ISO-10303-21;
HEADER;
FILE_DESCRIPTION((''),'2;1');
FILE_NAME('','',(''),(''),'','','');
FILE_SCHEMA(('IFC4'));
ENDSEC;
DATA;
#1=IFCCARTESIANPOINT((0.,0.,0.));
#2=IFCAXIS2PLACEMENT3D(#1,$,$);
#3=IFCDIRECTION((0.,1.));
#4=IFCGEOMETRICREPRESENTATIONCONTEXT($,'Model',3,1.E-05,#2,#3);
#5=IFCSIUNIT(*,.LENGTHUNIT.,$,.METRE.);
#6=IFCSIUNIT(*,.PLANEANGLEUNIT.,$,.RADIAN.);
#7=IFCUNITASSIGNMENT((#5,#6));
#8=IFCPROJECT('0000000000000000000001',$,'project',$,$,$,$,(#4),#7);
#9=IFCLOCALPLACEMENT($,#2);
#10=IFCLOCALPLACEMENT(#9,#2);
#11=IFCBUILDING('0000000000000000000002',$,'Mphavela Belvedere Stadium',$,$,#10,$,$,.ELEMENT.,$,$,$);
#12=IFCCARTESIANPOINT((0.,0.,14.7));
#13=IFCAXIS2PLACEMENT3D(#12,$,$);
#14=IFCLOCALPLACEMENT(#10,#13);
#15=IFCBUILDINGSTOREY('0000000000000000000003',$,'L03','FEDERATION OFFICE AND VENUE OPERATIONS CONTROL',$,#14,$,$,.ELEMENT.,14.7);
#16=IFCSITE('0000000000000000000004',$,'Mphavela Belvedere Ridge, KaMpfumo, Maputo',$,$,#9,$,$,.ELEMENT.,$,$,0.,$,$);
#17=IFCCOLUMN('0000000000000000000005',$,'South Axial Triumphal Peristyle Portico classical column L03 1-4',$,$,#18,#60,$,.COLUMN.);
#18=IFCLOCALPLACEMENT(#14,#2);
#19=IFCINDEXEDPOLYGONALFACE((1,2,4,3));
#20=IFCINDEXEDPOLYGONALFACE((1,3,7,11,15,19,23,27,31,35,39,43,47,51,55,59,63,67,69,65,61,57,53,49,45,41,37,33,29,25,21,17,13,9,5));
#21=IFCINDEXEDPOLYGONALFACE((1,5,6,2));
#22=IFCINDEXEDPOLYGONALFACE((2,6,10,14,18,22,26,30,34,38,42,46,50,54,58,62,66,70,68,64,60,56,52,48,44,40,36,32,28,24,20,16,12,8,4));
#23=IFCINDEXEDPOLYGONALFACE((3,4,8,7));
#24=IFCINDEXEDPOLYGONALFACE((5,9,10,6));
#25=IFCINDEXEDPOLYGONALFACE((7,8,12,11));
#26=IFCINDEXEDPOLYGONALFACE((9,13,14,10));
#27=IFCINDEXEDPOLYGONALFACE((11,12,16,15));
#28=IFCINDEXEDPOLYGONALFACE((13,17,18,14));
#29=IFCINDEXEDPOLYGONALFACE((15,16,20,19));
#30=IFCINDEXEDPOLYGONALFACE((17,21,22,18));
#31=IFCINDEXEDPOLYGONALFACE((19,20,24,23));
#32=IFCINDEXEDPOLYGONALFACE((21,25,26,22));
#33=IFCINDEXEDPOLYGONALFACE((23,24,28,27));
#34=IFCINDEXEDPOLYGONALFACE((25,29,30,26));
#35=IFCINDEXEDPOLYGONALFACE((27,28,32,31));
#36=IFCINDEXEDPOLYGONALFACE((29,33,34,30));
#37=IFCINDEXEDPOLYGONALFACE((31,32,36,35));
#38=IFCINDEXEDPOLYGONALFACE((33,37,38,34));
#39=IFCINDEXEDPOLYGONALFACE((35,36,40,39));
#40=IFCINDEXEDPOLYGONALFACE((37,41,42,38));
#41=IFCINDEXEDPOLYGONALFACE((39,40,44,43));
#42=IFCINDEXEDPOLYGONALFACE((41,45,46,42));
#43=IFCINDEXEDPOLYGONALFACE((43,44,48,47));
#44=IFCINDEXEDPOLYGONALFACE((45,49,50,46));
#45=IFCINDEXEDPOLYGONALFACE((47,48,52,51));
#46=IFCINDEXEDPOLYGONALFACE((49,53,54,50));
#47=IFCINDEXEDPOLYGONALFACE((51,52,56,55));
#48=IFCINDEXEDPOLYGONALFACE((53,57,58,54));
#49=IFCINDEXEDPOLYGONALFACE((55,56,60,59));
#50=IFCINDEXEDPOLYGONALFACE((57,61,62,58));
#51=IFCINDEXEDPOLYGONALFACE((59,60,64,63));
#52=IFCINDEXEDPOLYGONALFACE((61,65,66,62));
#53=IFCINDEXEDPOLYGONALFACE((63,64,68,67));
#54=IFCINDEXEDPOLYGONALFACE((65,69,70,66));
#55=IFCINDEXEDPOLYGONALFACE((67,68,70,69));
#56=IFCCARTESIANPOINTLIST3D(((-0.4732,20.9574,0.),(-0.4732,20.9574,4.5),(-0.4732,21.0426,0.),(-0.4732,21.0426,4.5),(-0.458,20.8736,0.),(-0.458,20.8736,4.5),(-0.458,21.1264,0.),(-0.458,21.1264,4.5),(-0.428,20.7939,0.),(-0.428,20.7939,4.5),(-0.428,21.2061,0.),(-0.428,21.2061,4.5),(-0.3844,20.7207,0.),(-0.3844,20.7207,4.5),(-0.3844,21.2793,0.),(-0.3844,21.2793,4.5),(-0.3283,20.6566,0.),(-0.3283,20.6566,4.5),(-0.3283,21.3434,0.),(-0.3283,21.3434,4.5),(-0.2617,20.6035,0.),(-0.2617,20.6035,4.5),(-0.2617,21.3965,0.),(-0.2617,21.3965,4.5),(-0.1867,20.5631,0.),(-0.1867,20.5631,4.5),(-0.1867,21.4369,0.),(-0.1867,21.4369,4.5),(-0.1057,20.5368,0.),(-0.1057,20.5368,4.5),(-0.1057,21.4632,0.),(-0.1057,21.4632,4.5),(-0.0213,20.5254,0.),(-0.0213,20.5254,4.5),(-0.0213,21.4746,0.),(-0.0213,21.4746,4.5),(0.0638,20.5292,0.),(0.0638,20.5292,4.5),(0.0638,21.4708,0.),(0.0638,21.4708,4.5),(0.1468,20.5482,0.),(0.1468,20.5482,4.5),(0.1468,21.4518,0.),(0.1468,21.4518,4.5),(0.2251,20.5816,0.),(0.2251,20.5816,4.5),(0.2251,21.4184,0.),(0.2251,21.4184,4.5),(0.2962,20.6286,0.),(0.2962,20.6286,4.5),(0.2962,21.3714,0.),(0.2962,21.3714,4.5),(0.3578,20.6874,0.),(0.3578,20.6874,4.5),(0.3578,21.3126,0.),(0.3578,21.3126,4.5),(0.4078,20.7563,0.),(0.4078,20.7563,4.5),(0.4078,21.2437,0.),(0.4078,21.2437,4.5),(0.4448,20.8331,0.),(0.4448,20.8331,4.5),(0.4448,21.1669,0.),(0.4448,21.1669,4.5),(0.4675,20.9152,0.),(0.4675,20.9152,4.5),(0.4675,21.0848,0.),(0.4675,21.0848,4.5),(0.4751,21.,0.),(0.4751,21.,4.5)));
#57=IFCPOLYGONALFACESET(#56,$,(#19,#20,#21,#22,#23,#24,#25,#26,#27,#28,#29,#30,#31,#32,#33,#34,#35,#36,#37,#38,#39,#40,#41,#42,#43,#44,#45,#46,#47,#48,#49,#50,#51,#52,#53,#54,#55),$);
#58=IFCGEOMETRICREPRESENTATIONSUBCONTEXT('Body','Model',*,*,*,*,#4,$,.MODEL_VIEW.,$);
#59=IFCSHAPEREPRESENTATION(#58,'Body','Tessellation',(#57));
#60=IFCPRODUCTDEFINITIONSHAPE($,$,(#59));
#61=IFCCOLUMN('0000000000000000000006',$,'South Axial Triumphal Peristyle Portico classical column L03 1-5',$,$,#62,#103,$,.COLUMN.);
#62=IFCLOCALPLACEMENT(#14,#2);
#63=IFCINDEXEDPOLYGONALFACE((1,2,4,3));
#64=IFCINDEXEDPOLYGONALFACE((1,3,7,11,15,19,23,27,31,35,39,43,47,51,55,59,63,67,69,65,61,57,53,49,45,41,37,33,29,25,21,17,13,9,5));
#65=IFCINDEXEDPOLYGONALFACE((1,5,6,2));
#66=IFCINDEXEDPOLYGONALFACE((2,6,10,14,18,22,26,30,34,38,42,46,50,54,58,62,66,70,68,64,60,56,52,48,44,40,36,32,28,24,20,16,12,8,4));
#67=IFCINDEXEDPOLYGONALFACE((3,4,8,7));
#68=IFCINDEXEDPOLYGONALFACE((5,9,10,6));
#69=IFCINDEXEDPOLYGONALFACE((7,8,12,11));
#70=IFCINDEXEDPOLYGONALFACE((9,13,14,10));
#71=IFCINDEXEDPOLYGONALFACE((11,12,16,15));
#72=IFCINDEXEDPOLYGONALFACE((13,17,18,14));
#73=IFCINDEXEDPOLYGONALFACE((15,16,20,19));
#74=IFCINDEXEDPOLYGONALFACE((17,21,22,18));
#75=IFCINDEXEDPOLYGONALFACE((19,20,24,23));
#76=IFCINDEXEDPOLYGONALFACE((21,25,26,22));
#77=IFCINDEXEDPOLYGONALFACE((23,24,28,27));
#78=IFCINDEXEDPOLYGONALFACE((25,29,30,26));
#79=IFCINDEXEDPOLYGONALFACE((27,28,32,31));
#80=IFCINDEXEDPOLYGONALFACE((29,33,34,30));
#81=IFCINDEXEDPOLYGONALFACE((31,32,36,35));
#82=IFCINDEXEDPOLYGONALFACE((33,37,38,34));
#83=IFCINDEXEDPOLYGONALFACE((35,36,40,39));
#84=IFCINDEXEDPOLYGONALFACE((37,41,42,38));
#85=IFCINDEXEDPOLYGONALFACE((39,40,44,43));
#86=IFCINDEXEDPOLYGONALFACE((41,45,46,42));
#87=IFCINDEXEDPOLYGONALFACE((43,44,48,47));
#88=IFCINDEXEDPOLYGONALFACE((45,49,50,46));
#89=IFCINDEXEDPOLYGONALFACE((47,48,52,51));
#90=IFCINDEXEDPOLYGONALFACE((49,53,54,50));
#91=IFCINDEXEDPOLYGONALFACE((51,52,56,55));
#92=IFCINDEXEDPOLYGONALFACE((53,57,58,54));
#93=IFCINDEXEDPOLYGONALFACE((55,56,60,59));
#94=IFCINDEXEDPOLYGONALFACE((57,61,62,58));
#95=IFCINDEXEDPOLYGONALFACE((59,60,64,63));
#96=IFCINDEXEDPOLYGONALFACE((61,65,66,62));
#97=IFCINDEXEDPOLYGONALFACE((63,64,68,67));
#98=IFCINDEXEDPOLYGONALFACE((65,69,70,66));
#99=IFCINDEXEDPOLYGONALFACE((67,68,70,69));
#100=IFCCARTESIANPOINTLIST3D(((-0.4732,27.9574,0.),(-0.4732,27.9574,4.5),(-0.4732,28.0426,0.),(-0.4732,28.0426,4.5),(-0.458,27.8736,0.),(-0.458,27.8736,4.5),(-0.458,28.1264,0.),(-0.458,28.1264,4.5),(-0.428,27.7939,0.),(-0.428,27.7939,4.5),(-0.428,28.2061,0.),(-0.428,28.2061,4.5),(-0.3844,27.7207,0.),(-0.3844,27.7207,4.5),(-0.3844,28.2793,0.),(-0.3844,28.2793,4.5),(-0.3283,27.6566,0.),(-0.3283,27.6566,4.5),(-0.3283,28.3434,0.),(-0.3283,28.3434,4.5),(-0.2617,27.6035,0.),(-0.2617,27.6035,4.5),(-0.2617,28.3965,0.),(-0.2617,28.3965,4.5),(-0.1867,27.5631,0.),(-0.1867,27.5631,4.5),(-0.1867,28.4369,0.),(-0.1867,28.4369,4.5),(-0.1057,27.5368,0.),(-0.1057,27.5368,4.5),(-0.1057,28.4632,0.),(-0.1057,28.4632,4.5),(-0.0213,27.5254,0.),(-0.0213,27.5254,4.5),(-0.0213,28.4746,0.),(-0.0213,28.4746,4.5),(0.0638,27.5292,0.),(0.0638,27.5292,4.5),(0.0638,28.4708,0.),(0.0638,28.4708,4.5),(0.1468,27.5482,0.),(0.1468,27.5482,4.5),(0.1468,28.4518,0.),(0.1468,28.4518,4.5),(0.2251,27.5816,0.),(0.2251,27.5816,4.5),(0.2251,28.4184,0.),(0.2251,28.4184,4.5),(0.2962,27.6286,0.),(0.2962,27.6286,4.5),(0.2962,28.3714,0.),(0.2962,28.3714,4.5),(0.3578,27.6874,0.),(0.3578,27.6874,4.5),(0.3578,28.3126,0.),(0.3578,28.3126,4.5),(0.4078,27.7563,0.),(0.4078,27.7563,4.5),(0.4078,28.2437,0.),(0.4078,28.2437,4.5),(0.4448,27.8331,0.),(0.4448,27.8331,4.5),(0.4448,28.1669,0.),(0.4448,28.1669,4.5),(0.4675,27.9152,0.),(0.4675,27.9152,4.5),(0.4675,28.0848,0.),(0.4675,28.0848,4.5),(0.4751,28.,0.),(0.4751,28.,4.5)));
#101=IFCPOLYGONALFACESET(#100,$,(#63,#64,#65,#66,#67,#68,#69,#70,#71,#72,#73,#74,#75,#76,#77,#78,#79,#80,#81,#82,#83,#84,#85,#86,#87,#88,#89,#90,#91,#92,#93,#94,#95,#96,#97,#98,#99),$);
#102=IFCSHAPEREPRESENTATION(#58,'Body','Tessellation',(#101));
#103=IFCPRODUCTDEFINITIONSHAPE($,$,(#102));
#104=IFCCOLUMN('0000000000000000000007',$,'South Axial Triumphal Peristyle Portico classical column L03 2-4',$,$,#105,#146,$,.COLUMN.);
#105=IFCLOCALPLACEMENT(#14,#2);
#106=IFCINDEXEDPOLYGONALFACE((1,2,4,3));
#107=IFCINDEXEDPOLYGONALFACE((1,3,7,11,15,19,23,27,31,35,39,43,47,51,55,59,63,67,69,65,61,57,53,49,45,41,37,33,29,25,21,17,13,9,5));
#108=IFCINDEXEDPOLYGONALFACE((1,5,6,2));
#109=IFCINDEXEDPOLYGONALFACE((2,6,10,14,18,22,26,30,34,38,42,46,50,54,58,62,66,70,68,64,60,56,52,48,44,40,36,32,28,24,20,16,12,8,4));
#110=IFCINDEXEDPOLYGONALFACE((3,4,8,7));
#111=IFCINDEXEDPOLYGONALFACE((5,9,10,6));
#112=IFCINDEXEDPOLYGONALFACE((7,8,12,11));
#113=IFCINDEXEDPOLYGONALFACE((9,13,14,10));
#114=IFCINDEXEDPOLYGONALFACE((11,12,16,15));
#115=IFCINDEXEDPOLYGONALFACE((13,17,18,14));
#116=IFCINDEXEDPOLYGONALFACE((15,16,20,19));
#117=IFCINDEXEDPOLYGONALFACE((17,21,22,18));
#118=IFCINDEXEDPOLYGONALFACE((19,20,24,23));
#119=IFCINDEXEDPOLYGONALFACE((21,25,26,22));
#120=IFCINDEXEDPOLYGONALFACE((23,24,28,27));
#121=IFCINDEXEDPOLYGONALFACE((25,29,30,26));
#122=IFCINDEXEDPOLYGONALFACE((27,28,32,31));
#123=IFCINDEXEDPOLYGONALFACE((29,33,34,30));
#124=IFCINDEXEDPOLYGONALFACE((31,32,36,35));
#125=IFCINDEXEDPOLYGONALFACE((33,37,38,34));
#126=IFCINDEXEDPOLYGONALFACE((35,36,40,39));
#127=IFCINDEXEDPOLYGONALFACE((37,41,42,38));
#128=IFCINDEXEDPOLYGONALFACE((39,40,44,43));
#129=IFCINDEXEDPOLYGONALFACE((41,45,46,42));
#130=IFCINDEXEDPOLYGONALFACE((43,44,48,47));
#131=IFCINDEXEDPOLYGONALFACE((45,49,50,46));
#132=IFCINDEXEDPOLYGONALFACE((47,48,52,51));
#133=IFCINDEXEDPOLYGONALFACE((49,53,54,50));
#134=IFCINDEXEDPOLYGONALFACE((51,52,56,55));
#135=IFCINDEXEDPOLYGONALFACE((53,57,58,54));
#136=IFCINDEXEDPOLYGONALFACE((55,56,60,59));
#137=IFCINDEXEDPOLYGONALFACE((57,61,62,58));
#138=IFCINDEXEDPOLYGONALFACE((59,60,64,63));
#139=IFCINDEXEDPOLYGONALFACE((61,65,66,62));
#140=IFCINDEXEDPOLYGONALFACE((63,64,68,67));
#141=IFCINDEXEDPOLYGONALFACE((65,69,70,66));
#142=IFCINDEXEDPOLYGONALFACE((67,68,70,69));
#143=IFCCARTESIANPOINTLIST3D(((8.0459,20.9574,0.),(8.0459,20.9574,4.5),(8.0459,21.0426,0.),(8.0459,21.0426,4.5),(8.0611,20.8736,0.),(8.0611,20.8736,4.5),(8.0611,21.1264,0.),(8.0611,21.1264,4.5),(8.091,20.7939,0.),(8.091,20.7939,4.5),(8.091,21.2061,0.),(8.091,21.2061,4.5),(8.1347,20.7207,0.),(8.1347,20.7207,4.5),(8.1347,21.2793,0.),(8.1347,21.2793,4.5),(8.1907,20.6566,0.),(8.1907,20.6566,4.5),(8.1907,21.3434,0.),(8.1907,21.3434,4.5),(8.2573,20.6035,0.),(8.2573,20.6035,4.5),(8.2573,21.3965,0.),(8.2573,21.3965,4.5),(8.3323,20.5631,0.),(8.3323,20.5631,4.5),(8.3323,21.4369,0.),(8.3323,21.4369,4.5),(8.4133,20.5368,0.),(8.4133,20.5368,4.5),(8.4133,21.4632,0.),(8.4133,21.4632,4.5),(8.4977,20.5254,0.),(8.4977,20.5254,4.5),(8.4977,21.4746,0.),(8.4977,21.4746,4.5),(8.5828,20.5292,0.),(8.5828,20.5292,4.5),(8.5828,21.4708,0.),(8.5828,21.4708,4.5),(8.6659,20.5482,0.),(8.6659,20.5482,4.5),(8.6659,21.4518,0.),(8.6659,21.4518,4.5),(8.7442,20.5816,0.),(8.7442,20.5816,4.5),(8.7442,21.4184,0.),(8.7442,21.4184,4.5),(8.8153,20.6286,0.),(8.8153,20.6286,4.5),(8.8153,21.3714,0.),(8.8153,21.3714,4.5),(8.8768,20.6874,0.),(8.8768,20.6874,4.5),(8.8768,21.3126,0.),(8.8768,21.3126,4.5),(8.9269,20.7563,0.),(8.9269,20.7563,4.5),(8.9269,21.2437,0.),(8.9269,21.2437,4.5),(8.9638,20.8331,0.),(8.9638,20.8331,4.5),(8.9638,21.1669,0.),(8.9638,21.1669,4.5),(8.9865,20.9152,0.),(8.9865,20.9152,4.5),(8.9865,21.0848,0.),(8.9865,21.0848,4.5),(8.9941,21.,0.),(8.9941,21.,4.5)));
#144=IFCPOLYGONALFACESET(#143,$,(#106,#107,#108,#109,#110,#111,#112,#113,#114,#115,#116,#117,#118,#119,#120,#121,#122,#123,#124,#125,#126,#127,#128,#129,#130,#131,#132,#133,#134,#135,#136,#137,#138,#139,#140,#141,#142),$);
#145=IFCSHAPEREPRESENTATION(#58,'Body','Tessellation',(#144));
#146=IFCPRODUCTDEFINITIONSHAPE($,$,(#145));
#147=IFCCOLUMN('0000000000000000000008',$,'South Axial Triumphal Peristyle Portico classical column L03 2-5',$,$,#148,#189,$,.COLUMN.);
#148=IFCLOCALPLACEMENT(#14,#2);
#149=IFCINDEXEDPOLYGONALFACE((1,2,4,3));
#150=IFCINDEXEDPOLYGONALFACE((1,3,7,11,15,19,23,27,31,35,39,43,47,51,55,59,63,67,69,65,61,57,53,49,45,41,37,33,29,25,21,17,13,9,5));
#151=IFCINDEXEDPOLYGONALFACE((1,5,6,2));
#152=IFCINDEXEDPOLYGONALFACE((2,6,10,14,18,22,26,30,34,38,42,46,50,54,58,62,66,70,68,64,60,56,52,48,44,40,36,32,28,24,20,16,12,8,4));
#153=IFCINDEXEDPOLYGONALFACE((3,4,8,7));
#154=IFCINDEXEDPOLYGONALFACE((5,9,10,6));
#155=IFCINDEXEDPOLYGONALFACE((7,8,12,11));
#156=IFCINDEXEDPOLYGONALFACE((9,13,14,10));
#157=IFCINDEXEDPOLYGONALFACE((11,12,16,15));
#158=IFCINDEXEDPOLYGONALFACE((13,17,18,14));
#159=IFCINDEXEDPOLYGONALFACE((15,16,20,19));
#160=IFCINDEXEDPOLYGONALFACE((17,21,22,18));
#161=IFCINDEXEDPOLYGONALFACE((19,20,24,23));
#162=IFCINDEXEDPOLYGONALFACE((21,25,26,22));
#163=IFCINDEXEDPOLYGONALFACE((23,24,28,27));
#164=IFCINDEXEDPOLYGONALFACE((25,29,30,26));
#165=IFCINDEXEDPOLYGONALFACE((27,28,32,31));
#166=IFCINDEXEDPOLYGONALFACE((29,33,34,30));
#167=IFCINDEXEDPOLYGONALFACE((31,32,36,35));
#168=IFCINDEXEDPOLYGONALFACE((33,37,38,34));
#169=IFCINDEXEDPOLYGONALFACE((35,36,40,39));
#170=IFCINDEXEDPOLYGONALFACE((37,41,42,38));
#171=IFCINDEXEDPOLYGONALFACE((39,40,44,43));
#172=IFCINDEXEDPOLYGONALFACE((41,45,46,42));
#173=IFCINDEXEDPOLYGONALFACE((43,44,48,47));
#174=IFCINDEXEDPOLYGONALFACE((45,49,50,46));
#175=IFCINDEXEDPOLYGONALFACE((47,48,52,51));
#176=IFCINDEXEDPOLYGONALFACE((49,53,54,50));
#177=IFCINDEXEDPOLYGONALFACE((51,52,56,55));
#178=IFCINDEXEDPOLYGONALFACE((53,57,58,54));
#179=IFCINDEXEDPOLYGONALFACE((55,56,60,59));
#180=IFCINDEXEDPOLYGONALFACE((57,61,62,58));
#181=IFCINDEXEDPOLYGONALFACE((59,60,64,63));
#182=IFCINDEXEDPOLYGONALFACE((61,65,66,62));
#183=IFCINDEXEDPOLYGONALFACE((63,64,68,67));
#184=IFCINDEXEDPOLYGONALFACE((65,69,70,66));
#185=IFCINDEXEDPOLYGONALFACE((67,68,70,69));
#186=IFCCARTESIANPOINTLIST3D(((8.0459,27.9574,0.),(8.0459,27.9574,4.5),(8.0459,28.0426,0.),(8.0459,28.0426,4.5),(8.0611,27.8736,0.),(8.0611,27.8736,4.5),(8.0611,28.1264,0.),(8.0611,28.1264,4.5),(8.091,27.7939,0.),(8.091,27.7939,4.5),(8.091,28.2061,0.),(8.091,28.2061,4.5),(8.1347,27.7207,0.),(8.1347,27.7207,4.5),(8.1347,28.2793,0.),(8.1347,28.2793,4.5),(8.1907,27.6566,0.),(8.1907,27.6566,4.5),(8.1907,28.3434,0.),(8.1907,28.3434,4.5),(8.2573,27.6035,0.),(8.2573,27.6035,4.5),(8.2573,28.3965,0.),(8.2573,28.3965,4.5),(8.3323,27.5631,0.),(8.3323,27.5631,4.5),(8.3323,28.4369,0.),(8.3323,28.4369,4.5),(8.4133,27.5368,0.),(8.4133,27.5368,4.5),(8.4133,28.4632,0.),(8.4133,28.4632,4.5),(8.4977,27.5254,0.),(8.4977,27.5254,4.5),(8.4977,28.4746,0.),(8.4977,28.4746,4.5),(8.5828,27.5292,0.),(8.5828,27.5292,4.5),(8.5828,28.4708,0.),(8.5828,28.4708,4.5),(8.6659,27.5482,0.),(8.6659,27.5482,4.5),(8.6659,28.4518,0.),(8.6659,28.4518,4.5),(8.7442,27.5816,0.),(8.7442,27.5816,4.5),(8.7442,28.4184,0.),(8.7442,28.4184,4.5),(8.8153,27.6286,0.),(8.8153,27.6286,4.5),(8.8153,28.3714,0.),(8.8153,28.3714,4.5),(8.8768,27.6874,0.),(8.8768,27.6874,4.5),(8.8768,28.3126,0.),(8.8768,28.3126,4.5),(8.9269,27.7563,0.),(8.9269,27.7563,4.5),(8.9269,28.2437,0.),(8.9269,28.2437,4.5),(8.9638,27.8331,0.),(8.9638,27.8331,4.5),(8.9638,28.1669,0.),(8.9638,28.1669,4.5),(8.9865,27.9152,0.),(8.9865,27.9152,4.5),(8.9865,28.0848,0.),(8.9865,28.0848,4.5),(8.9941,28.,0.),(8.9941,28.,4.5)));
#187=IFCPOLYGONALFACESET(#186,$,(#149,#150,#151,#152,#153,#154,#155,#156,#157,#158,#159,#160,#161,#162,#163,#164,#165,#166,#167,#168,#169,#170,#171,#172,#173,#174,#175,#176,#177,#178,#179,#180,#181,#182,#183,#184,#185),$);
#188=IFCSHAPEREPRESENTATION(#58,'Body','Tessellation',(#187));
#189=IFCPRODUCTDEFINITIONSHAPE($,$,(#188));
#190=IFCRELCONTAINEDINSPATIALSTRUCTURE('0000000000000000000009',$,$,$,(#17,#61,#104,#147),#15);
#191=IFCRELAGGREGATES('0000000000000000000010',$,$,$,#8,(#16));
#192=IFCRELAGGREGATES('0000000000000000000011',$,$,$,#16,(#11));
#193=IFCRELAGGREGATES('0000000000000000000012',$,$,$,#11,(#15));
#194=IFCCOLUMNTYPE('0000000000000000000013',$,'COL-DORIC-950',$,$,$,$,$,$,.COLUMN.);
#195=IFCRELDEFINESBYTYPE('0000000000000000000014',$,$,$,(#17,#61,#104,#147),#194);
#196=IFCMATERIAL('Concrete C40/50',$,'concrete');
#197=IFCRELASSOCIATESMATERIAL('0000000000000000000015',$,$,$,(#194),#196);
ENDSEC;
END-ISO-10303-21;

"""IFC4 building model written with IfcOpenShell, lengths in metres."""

from ifc_helpers import new_model, si_unit, direction, frame, origin, origin_2d, place, context, subcontext, project, spatial, circle, extrude, material, material_profile, profile_set, type_object, element, save


model = new_model("IFC4")

# Units and contexts
model_context = context("Model", 3, precision=1e-05, world=origin(), true_north=direction((0.0, 1.0)))
body_context = subcontext(model_context, "Body", "Model", "MODEL_VIEW")
ifc_project = project(units=[si_unit("LENGTHUNIT", "METRE"), si_unit("PLANEANGLEUNIT", "RADIAN")], contexts=[model_context])

# Site, building, storey
site_placement = place(None, origin())
site = spatial("IfcSite", under=ifc_project, at=site_placement, Name="Mphavela Belvedere Ridge, KaMpfumo, Maputo", CompositionType="ELEMENT", RefElevation=0.0)
building_placement = place(site_placement, origin())
building = spatial("IfcBuilding", under=site, at=building_placement, Name="Mphavela Belvedere Stadium", CompositionType="ELEMENT")
storey_placement = place(building_placement, frame((0.0, 0.0, 14.7)))
storey = spatial("IfcBuildingStorey", under=building, at=storey_placement, Name="L03", Description="FEDERATION OFFICE AND VENUE OPERATIONS CONTROL", CompositionType="ELEMENT", Elevation=14.7)

# Columns
ifc_material_1 = material(Name="Concrete C40/50", Category="concrete")
ifc_material_profile_1 = material_profile(ifc_material_1, circle(Radius=0.4751, at=origin_2d()), Name="COL D950")
ifc_profile_set_1 = profile_set([ifc_material_profile_1], Name="Concrete C40/50")
column_type = type_object("IfcColumnType", Name="COL-DORIC-950", PredefinedType="COLUMN", material=ifc_profile_set_1)
for number, where, z_axis, x_axis, name in (
    (1, (0.0, 21.0, 0.0), (0.0, 0.0, 1.0), (1.0, 0.0, 0.0), "South Axial Triumphal Peristyle Portico classical column L03 1-4"),
    (2, (0.0, 28.0, 0.0), (0.0, 0.0, 1.0), (1.0, 0.0, 0.0), "South Axial Triumphal Peristyle Portico classical column L03 1-5"),
    (3, (8.519, 21.0, 0.0), (0.0, 0.0, 1.0), (1.0, 0.0, 0.0), "South Axial Triumphal Peristyle Portico classical column L03 2-4"),
    (4, (8.519, 28.0, 0.0), (0.0, 0.0, 1.0), (1.0, 0.0, 0.0), "South Axial Triumphal Peristyle Portico classical column L03 2-5"),
):
    element("IfcColumn", number, at=place(storey_placement, frame(where, z_axis=z_axis, x_axis=x_axis)), inside=storey, type_object=column_type, Name=name, PredefinedType="COLUMN", context=body_context, shape_type="SweptSolid", body=[
        extrude(circle(Radius=0.4751, at=origin_2d()), origin(), (0.0, 0.0, 1.0), 4.5),
    ])

save(model, "model.ifc")
